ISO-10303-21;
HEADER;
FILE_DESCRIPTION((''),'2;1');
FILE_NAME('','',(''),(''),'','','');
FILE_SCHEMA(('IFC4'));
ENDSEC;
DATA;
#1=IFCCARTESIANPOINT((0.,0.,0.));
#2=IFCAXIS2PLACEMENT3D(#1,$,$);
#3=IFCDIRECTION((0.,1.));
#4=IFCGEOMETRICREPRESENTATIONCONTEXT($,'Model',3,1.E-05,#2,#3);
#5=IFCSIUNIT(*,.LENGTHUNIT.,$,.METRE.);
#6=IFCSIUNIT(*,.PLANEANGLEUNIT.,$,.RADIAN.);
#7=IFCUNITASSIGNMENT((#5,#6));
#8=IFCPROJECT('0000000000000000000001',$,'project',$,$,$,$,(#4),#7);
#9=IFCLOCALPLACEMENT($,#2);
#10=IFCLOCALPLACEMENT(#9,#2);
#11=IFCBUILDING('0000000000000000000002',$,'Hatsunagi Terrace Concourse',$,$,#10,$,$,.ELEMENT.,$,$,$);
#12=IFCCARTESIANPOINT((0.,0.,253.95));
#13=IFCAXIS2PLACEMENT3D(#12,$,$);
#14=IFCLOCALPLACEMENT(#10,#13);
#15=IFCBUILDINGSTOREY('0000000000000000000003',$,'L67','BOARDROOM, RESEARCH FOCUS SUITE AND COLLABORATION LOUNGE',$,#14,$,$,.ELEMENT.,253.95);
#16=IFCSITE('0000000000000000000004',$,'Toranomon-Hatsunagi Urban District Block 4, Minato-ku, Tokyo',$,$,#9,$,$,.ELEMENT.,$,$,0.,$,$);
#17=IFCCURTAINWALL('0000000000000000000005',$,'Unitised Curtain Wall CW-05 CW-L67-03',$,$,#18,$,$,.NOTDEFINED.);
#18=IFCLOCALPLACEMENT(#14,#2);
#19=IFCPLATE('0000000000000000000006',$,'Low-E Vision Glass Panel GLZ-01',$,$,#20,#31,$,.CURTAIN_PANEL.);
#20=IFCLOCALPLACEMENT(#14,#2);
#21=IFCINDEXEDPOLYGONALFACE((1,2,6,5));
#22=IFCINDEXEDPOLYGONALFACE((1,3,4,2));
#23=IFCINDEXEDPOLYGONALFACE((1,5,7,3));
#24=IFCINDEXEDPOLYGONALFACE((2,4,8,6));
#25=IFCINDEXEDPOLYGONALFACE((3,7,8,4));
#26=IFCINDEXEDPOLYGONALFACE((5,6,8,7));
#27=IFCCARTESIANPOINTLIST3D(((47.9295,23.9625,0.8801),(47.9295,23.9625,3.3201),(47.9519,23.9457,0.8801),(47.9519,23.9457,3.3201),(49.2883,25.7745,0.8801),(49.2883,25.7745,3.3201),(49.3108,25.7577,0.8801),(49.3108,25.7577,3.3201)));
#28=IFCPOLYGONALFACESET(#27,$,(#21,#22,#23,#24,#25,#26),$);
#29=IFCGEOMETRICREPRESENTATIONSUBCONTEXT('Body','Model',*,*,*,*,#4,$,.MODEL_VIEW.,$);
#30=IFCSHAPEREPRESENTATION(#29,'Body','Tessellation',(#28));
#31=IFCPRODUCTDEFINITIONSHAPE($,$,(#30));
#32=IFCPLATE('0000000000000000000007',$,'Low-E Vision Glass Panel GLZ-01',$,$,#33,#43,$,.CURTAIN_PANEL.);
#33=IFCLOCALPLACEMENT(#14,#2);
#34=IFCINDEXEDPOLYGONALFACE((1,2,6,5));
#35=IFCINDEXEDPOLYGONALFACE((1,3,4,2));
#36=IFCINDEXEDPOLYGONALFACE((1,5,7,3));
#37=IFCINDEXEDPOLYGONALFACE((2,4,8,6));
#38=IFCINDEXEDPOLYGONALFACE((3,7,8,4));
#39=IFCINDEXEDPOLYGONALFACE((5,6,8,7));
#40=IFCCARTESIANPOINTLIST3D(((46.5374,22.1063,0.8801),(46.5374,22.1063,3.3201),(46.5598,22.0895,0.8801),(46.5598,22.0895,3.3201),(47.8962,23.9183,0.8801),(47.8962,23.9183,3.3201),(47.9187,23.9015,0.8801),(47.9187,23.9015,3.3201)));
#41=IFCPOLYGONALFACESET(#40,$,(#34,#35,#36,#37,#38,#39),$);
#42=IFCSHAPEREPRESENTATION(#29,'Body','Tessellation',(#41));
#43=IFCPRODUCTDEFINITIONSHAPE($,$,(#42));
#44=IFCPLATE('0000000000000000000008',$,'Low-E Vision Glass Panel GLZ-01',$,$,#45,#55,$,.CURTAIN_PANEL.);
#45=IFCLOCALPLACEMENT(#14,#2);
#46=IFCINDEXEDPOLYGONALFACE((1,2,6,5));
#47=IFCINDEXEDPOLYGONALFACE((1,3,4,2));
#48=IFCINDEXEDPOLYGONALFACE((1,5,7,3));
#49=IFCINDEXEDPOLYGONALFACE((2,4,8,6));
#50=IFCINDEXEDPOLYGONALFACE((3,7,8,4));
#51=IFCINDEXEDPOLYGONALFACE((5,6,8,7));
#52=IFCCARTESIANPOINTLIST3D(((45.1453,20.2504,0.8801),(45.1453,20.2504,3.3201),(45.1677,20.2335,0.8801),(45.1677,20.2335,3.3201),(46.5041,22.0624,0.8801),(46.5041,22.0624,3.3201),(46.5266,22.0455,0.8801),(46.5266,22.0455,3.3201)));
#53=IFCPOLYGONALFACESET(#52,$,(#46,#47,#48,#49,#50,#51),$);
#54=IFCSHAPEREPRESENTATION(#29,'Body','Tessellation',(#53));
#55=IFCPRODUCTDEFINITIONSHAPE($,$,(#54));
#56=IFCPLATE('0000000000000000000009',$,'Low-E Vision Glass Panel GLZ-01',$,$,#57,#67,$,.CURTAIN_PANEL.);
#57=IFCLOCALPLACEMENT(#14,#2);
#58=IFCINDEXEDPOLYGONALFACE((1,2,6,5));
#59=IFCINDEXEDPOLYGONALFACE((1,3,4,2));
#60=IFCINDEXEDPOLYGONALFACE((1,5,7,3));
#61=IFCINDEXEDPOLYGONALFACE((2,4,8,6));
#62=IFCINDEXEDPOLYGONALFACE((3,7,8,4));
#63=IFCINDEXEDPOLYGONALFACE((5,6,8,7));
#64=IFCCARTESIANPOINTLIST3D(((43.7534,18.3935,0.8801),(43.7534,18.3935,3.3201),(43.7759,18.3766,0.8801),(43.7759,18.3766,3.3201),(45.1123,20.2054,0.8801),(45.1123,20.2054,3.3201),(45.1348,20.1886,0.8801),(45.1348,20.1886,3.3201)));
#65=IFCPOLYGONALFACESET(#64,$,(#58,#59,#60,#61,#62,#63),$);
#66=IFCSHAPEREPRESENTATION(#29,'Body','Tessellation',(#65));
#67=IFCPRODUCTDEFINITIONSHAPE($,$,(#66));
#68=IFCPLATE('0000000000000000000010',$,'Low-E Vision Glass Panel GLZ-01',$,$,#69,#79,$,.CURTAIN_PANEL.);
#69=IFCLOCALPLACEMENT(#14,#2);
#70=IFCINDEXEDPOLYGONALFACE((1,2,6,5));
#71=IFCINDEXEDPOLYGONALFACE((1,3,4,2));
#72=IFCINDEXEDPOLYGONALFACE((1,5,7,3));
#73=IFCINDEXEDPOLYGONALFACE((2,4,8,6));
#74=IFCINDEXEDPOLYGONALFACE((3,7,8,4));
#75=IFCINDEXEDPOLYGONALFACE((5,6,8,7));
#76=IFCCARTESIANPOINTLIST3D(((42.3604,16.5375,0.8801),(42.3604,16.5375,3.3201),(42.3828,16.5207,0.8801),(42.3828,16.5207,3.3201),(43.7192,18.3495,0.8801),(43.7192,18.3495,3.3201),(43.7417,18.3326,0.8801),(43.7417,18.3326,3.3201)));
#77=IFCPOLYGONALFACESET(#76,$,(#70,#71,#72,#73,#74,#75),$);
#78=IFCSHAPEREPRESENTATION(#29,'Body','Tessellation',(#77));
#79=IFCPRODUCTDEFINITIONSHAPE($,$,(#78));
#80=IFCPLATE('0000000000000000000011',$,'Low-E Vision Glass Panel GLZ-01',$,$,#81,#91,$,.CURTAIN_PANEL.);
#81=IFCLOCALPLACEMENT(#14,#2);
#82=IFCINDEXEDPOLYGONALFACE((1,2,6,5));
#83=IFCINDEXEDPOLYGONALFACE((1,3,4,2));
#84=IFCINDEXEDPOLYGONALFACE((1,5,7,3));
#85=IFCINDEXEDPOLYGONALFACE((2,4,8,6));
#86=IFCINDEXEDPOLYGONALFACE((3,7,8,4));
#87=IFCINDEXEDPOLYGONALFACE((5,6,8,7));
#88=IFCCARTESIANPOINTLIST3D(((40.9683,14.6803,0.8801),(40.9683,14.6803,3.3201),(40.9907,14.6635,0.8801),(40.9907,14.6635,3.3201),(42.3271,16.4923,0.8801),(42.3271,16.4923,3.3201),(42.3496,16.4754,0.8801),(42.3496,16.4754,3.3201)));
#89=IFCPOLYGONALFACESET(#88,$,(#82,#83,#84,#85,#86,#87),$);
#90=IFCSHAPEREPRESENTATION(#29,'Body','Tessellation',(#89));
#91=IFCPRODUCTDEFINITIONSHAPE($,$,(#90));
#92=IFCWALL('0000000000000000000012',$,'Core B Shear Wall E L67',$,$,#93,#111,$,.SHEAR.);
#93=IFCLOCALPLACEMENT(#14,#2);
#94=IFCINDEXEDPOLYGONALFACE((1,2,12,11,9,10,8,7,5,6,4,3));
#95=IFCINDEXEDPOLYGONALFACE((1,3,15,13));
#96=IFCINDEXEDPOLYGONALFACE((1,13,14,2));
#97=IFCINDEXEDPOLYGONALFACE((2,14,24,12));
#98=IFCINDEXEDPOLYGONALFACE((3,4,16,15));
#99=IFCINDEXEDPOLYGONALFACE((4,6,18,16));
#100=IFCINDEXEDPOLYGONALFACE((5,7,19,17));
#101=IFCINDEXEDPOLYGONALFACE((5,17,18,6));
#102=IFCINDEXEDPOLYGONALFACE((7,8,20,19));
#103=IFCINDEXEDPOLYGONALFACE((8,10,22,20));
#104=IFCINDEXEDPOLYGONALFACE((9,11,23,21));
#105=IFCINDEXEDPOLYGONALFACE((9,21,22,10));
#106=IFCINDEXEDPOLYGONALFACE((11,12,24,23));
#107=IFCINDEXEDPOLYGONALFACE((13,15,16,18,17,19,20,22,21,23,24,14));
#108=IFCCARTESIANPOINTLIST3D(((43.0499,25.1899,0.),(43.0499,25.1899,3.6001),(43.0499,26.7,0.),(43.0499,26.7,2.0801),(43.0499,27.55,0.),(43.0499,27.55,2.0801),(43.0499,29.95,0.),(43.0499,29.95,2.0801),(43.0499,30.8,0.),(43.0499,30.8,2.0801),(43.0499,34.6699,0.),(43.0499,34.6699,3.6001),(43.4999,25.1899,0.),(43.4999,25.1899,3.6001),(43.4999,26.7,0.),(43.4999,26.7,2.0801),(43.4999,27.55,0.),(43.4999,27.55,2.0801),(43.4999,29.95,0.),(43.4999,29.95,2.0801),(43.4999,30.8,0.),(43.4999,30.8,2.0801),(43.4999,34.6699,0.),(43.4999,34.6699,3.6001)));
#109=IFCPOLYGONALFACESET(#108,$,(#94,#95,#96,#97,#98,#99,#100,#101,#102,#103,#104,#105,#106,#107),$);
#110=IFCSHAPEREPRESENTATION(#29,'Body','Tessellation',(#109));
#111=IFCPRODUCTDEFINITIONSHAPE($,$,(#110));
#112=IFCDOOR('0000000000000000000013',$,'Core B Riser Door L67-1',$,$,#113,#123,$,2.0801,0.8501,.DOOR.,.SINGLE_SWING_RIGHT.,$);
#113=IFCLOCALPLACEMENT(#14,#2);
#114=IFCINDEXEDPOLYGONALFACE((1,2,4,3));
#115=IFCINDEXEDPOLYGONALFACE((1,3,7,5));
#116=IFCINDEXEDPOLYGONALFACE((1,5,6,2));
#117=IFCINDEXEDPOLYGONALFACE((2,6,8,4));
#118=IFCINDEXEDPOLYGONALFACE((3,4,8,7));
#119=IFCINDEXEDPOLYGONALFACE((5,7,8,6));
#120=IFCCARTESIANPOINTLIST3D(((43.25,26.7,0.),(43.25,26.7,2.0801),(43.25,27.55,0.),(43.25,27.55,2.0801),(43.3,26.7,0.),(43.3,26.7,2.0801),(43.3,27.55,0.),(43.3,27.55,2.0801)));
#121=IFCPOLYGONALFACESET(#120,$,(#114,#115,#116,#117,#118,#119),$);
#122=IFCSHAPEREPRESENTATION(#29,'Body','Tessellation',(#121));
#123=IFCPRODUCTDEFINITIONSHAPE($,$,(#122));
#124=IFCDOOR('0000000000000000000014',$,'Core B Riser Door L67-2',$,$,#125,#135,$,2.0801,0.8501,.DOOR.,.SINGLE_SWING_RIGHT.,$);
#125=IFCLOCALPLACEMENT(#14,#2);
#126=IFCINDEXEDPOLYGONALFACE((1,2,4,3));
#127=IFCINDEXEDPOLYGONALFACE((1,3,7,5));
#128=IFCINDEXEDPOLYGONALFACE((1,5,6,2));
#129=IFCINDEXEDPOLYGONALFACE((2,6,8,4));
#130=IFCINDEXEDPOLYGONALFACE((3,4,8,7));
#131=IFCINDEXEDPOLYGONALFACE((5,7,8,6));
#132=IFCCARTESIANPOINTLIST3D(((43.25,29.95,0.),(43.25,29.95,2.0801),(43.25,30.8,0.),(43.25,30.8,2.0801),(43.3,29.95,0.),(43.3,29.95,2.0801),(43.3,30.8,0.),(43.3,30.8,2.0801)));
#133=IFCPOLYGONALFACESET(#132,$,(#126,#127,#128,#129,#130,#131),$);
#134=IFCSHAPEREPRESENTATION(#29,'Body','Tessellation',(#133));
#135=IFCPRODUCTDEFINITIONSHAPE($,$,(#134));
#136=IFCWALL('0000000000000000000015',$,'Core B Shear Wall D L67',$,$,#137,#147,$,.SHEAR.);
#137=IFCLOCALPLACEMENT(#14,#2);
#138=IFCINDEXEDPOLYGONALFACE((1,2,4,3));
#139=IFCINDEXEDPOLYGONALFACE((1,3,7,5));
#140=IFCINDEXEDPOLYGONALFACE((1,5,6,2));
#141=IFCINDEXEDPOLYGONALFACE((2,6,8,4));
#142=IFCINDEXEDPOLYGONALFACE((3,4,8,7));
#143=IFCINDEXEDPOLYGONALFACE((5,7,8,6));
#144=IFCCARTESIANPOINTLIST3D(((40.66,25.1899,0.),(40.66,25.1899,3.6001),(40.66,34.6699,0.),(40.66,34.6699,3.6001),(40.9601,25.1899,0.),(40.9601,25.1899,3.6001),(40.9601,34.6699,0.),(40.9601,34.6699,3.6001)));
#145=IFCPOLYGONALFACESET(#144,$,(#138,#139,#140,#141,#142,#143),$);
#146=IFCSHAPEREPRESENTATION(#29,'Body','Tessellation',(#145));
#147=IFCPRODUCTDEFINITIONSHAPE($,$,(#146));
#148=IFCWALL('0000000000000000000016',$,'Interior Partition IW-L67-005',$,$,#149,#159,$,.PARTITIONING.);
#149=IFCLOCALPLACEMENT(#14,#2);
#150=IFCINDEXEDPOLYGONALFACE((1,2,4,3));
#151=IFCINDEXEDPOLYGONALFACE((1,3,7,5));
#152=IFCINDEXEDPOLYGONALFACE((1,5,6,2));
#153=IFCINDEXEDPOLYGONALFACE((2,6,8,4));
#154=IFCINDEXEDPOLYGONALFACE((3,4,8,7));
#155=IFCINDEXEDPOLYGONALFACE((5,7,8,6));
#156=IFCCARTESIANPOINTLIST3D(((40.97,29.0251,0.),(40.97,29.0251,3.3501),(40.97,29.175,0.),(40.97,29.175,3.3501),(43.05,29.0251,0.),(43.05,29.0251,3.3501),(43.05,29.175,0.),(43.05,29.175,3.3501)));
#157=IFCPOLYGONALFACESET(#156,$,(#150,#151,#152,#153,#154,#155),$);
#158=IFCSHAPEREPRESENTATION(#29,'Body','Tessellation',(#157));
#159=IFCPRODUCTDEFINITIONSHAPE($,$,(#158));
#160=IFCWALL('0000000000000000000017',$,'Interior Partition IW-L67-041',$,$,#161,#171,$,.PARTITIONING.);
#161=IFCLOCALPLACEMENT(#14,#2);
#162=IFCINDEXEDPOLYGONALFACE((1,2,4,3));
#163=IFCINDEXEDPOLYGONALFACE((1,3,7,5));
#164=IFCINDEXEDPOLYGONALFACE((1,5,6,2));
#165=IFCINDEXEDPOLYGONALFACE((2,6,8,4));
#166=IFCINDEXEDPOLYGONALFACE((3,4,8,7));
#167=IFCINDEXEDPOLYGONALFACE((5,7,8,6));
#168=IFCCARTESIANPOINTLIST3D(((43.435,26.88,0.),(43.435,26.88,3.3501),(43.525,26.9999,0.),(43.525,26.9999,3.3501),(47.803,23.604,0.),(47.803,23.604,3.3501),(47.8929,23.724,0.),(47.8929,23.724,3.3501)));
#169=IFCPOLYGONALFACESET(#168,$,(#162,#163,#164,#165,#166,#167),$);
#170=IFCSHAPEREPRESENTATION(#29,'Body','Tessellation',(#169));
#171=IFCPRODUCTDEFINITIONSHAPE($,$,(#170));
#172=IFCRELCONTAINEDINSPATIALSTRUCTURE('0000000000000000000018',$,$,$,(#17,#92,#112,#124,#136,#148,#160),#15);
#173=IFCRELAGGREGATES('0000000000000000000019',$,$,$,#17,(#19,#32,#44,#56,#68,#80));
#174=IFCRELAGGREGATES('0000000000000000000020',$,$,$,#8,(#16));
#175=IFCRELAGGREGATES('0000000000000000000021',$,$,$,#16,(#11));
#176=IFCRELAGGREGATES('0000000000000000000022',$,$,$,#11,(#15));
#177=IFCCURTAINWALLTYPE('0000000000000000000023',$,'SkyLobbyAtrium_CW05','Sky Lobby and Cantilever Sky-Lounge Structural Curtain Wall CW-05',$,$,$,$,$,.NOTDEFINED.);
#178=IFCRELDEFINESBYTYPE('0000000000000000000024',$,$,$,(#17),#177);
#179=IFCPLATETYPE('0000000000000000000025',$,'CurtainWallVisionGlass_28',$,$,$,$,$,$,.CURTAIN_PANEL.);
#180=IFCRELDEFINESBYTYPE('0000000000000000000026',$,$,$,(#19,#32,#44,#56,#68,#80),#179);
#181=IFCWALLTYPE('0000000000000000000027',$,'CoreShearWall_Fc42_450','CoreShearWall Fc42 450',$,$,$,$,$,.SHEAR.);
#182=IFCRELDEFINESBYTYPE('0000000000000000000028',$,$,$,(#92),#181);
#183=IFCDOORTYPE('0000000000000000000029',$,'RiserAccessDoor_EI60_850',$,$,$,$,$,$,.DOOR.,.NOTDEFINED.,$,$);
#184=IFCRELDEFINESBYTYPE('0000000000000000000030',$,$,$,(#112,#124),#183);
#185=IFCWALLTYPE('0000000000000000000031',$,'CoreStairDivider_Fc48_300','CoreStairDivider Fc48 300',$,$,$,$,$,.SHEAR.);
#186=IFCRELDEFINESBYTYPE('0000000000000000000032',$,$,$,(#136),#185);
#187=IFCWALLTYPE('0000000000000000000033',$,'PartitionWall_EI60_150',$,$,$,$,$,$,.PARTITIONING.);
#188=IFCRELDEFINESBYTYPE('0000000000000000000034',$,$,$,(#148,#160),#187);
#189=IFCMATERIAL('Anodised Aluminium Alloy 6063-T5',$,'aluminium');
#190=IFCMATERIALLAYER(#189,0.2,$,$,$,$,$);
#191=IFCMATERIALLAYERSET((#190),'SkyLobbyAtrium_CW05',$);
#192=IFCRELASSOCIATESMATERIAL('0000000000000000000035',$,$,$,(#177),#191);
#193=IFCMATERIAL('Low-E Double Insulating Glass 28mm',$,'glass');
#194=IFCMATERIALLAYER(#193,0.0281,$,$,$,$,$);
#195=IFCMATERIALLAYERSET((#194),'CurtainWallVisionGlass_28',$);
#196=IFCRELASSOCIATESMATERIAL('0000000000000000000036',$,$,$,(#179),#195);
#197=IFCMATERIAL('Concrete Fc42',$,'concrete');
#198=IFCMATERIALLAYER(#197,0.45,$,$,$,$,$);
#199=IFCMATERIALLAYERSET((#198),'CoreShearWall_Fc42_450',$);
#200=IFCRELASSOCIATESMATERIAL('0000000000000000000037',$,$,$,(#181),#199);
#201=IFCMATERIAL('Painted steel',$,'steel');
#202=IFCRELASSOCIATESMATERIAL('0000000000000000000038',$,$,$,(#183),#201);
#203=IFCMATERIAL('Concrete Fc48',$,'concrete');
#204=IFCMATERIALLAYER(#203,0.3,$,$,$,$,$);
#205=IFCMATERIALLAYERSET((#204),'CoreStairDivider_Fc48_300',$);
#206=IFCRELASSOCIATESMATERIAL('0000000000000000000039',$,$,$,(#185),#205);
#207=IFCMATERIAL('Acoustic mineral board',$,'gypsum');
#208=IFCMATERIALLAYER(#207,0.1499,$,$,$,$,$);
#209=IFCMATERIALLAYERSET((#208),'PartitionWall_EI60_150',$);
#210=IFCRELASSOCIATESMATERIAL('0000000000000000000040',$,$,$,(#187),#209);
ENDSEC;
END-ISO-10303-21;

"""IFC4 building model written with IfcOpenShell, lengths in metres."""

from ifc_helpers import new_model, si_unit, direction, frame, frame_2d, origin, origin_2d, place, context, subcontext, project, spatial, rectangle, extrude, material, layer, layer_set, type_object, element, fill, aggregate, save


model = new_model("IFC4")

# Units and contexts
model_context = context("Model", 3, precision=1e-05, world=origin(), true_north=direction((0.0, 1.0)))
body_context = subcontext(model_context, "Body", "Model", "MODEL_VIEW")
ifc_project = project(units=[si_unit("LENGTHUNIT", "METRE"), si_unit("PLANEANGLEUNIT", "RADIAN")], contexts=[model_context])

# Site, building, storey
site_placement = place(None, origin())
site = spatial("IfcSite", under=ifc_project, at=site_placement, Name="Toranomon-Hatsunagi Urban District Block 4, Minato-ku, Tokyo", CompositionType="ELEMENT", RefElevation=0.0)
building_placement = place(site_placement, origin())
building = spatial("IfcBuilding", under=site, at=building_placement, Name="Hatsunagi Terrace Concourse", CompositionType="ELEMENT")
storey_placement = place(building_placement, frame((0.0, 0.0, 253.95)))
storey = spatial("IfcBuildingStorey", under=building, at=storey_placement, Name="L67", Description="BOARDROOM, RESEARCH FOCUS SUITE AND COLLABORATION LOUNGE", CompositionType="ELEMENT", Elevation=253.95)

# Curtain wall
ifc_material_1 = material(Name="Anodised Aluminium Alloy 6063-T5", Category="aluminium")
ifc_layer_1 = layer(ifc_material_1, 0.2)
ifc_layer_set_1 = layer_set([ifc_layer_1], Name="SkyLobbyAtrium_CW05")
curtain_wall_type = type_object("IfcCurtainWallType", Name="SkyLobbyAtrium_CW05", Description="Sky Lobby and Cantilever Sky-Lounge Structural Curtain Wall CW-05", PredefinedType="NOTDEFINED", material=ifc_layer_set_1)
curtain_wall_placement = place(storey_placement, origin())
curtain_wall = element("IfcCurtainWall", 1, at=curtain_wall_placement, inside=storey, type_object=curtain_wall_type, Name="Unitised Curtain Wall CW-05 CW-L67-03", PredefinedType="NOTDEFINED")

# Plates
ifc_material_2 = material(Name="Low-E Double Insulating Glass 28mm", Category="glass")
ifc_layer_2 = layer(ifc_material_2, 0.0281)
ifc_layer_set_2 = layer_set([ifc_layer_2], Name="CurtainWallVisionGlass_28")
plate_type_1 = type_object("IfcPlateType", Name="CurtainWallVisionGlass_28", PredefinedType="CURTAIN_PANEL", material=ifc_layer_set_2)
plate_1_placement = place(storey_placement, frame((48.6201, 24.8601, 0.8801), z_axis=(0.0, 0.0, 1.0), x_axis=(-0.599969, -0.800023, 0.0)))
plate_1 = element("IfcPlate", 2, at=plate_1_placement, type_object=plate_type_1, Name="Low-E Vision Glass Panel GLZ-01", PredefinedType="CURTAIN_PANEL", context=body_context, shape_type="SweptSolid", body=[
    extrude(rectangle(XDim=2.2649, YDim=0.0281, at=origin_2d()), origin(), (0.0, 0.0, 1.0), 2.4399),
])
plate_2_placement = place(storey_placement, frame((47.228, 23.0039, 0.8801), z_axis=(0.0, 0.0, 1.0), x_axis=(-0.599969, -0.800023, 0.0)))
plate_2 = element("IfcPlate", 3, at=plate_2_placement, type_object=plate_type_1, Name="Low-E Vision Glass Panel GLZ-01", PredefinedType="CURTAIN_PANEL", context=body_context, shape_type="SweptSolid", body=[
    extrude(rectangle(XDim=2.2649, YDim=0.0281, at=origin_2d()), origin(), (0.0, 0.0, 1.0), 2.4399),
])
plate_3_placement = place(storey_placement, frame((45.8359, 21.1479, 0.8801), z_axis=(0.0, 0.0, 1.0), x_axis=(-0.599969, -0.800023, 0.0)))
plate_3 = element("IfcPlate", 4, at=plate_3_placement, type_object=plate_type_1, Name="Low-E Vision Glass Panel GLZ-01", PredefinedType="CURTAIN_PANEL", context=body_context, shape_type="SweptSolid", body=[
    extrude(rectangle(XDim=2.2649, YDim=0.0281, at=origin_2d()), origin(), (0.0, 0.0, 1.0), 2.4399),
])
plate_4_placement = place(storey_placement, frame((44.4441, 19.291, 0.8801), z_axis=(0.0, 0.0, 1.0), x_axis=(-0.599969, -0.800023, 0.0)))
plate_4 = element("IfcPlate", 5, at=plate_4_placement, type_object=plate_type_1, Name="Low-E Vision Glass Panel GLZ-01", PredefinedType="CURTAIN_PANEL", context=body_context, shape_type="SweptSolid", body=[
    extrude(rectangle(XDim=2.2649, YDim=0.0281, at=origin_2d()), origin(), (0.0, 0.0, 1.0), 2.4399),
])
plate_5_placement = place(storey_placement, frame((43.051, 17.4351, 0.8801), z_axis=(0.0, 0.0, 1.0), x_axis=(-0.599969, -0.800023, 0.0)))
plate_5 = element("IfcPlate", 6, at=plate_5_placement, type_object=plate_type_1, Name="Low-E Vision Glass Panel GLZ-01", PredefinedType="CURTAIN_PANEL", context=body_context, shape_type="SweptSolid", body=[
    extrude(rectangle(XDim=2.2649, YDim=0.0281, at=origin_2d()), origin(), (0.0, 0.0, 1.0), 2.4399),
])
plate_6_placement = place(storey_placement, frame((41.6589, 15.5779, 0.8801), z_axis=(0.0, 0.0, 1.0), x_axis=(-0.599969, -0.800023, 0.0)))
plate_6 = element("IfcPlate", 7, at=plate_6_placement, type_object=plate_type_1, Name="Low-E Vision Glass Panel GLZ-01", PredefinedType="CURTAIN_PANEL", context=body_context, shape_type="SweptSolid", body=[
    extrude(rectangle(XDim=2.2649, YDim=0.0281, at=origin_2d()), origin(), (0.0, 0.0, 1.0), 2.4399),
])
aggregate(curtain_wall, [plate_1, plate_2, plate_3, plate_4, plate_5, plate_6])

# Wall, openings, doors
ifc_material_3 = material(Name="Concrete Fc42", Category="concrete")
ifc_layer_3 = layer(ifc_material_3, 0.45)
ifc_layer_set_3 = layer_set([ifc_layer_3], Name="CoreShearWall_Fc42_450")
wall_type_1 = type_object("IfcWallType", Name="CoreShearWall_Fc42_450", Description="CoreShearWall Fc42 450", PredefinedType="SHEAR", material=ifc_layer_set_3)
wall_1_placement = place(storey_placement, frame((43.2749, 25.1899, 0.0), z_axis=(0.0, 0.0, 1.0), x_axis=(0.0, 1.0, 0.0)))
wall_1 = element("IfcWall", 8, at=wall_1_placement, inside=storey, type_object=wall_type_1, Name="Core B Shear Wall E L67", PredefinedType="SHEAR", context=body_context, shape_type="SweptSolid", body=[
    extrude(rectangle(XDim=9.48, YDim=0.45, at=frame_2d((4.74, 0.0))), origin(), (0.0, 0.0, 1.0), 3.6001),
])
opening_1_placement = place(wall_1_placement, frame((1.51, 0.0, 0.0)))
opening_1 = element("IfcOpeningElement", 9, at=opening_1_placement, cuts=wall_1, PredefinedType="OPENING", context=body_context, shape_type="SweptSolid", body=[
    extrude(rectangle(XDim=0.8501, YDim=2.0801, at=frame_2d((0.425, 1.04))), frame((0.0, 0.2349, 0.0), z_axis=(0.0, -1.0, 0.0), x_axis=(1.0, 0.0, 0.0)), (0.0, 0.0, 1.0), 0.47),
])
opening_2_placement = place(wall_1_placement, frame((4.76, 0.0, 0.0)))
opening_2 = element("IfcOpeningElement", 10, at=opening_2_placement, cuts=wall_1, PredefinedType="OPENING", context=body_context, shape_type="SweptSolid", body=[
    extrude(rectangle(XDim=0.8501, YDim=2.0801, at=frame_2d((0.425, 1.04))), frame((0.0, 0.2349, 0.0), z_axis=(0.0, -1.0, 0.0), x_axis=(1.0, 0.0, 0.0)), (0.0, 0.0, 1.0), 0.47),
])
ifc_material_4 = material(Name="Painted steel", Category="steel")
door_type = type_object("IfcDoorType", Name="RiserAccessDoor_EI60_850", OperationType="NOTDEFINED", PredefinedType="DOOR", material=ifc_material_4)
door_1_placement = place(opening_1_placement, origin())
door_1 = element("IfcDoor", 11, at=door_1_placement, inside=storey, type_object=door_type, Name="Core B Riser Door L67-1", OperationType="SINGLE_SWING_RIGHT", OverallHeight=2.0801, OverallWidth=0.8501, PredefinedType="DOOR", context=body_context, shape_type="SweptSolid", body=[
    extrude(rectangle(XDim=0.8501, YDim=2.0801, at=frame_2d((0.425, 1.04))), frame((0.0, 0.0249, 0.0), z_axis=(0.0, -1.0, 0.0), x_axis=(1.0, 0.0, 0.0)), (0.0, 0.0, 1.0), 0.05),
])
fill(opening_1, door_1)
door_2_placement = place(opening_2_placement, origin())
door_2 = element("IfcDoor", 12, at=door_2_placement, inside=storey, type_object=door_type, Name="Core B Riser Door L67-2", OperationType="SINGLE_SWING_RIGHT", OverallHeight=2.0801, OverallWidth=0.8501, PredefinedType="DOOR", context=body_context, shape_type="SweptSolid", body=[
    extrude(rectangle(XDim=0.8501, YDim=2.0801, at=frame_2d((0.425, 1.04))), frame((0.0, 0.0249, 0.0), z_axis=(0.0, -1.0, 0.0), x_axis=(1.0, 0.0, 0.0)), (0.0, 0.0, 1.0), 0.05),
])
fill(opening_2, door_2)

# Walls
ifc_material_5 = material(Name="Concrete Fc48", Category="concrete")
ifc_layer_4 = layer(ifc_material_5, 0.3)
ifc_layer_set_4 = layer_set([ifc_layer_4], Name="CoreStairDivider_Fc48_300")
wall_type_2 = type_object("IfcWallType", Name="CoreStairDivider_Fc48_300", Description="CoreStairDivider Fc48 300", PredefinedType="SHEAR", material=ifc_layer_set_4)
wall_2_placement = place(storey_placement, frame((40.8101, 25.1899, 0.0), z_axis=(0.0, 0.0, 1.0), x_axis=(0.0, 1.0, 0.0)))
element("IfcWall", 13, at=wall_2_placement, inside=storey, type_object=wall_type_2, Name="Core B Shear Wall D L67", PredefinedType="SHEAR", context=body_context, shape_type="SweptSolid", body=[
    extrude(rectangle(XDim=9.48, YDim=0.3, at=frame_2d((4.74, 0.0))), origin(), (0.0, 0.0, 1.0), 3.6001),
])
ifc_material_6 = material(Name="Acoustic mineral board", Category="gypsum")
ifc_layer_5 = layer(ifc_material_6, 0.1499)
ifc_layer_set_5 = layer_set([ifc_layer_5], Name="PartitionWall_EI60_150")
wall_type_3 = type_object("IfcWallType", Name="PartitionWall_EI60_150", PredefinedType="PARTITIONING", material=ifc_layer_set_5)
wall_3_placement = place(storey_placement, frame((40.97, 29.1001, 0.0), z_axis=(0.0, 0.0, 1.0), x_axis=(1.0, 0.0, 0.0)))
element("IfcWall", 14, at=wall_3_placement, inside=storey, type_object=wall_type_3, Name="Interior Partition IW-L67-005", PredefinedType="PARTITIONING", context=body_context, shape_type="SweptSolid", body=[
    extrude(rectangle(XDim=2.0801, YDim=0.1499, at=frame_2d((1.04, 0.0))), origin(), (0.0, 0.0, 1.0), 3.3501),
])
wall_4_placement = place(storey_placement, frame((43.48, 26.9399, 0.0), z_axis=(0.0, 0.0, 1.0), x_axis=(0.800005, -0.599993, 0.0)))
element("IfcWall", 15, at=wall_4_placement, inside=storey, type_object=wall_type_3, Name="Interior Partition IW-L67-041", PredefinedType="PARTITIONING", context=body_context, shape_type="SweptSolid", body=[
    extrude(rectangle(XDim=5.46, YDim=0.1499, at=frame_2d((2.73, 0.0))), origin(), (0.0, 0.0, 1.0), 3.3501),
])

save(model, "model.ifc")
